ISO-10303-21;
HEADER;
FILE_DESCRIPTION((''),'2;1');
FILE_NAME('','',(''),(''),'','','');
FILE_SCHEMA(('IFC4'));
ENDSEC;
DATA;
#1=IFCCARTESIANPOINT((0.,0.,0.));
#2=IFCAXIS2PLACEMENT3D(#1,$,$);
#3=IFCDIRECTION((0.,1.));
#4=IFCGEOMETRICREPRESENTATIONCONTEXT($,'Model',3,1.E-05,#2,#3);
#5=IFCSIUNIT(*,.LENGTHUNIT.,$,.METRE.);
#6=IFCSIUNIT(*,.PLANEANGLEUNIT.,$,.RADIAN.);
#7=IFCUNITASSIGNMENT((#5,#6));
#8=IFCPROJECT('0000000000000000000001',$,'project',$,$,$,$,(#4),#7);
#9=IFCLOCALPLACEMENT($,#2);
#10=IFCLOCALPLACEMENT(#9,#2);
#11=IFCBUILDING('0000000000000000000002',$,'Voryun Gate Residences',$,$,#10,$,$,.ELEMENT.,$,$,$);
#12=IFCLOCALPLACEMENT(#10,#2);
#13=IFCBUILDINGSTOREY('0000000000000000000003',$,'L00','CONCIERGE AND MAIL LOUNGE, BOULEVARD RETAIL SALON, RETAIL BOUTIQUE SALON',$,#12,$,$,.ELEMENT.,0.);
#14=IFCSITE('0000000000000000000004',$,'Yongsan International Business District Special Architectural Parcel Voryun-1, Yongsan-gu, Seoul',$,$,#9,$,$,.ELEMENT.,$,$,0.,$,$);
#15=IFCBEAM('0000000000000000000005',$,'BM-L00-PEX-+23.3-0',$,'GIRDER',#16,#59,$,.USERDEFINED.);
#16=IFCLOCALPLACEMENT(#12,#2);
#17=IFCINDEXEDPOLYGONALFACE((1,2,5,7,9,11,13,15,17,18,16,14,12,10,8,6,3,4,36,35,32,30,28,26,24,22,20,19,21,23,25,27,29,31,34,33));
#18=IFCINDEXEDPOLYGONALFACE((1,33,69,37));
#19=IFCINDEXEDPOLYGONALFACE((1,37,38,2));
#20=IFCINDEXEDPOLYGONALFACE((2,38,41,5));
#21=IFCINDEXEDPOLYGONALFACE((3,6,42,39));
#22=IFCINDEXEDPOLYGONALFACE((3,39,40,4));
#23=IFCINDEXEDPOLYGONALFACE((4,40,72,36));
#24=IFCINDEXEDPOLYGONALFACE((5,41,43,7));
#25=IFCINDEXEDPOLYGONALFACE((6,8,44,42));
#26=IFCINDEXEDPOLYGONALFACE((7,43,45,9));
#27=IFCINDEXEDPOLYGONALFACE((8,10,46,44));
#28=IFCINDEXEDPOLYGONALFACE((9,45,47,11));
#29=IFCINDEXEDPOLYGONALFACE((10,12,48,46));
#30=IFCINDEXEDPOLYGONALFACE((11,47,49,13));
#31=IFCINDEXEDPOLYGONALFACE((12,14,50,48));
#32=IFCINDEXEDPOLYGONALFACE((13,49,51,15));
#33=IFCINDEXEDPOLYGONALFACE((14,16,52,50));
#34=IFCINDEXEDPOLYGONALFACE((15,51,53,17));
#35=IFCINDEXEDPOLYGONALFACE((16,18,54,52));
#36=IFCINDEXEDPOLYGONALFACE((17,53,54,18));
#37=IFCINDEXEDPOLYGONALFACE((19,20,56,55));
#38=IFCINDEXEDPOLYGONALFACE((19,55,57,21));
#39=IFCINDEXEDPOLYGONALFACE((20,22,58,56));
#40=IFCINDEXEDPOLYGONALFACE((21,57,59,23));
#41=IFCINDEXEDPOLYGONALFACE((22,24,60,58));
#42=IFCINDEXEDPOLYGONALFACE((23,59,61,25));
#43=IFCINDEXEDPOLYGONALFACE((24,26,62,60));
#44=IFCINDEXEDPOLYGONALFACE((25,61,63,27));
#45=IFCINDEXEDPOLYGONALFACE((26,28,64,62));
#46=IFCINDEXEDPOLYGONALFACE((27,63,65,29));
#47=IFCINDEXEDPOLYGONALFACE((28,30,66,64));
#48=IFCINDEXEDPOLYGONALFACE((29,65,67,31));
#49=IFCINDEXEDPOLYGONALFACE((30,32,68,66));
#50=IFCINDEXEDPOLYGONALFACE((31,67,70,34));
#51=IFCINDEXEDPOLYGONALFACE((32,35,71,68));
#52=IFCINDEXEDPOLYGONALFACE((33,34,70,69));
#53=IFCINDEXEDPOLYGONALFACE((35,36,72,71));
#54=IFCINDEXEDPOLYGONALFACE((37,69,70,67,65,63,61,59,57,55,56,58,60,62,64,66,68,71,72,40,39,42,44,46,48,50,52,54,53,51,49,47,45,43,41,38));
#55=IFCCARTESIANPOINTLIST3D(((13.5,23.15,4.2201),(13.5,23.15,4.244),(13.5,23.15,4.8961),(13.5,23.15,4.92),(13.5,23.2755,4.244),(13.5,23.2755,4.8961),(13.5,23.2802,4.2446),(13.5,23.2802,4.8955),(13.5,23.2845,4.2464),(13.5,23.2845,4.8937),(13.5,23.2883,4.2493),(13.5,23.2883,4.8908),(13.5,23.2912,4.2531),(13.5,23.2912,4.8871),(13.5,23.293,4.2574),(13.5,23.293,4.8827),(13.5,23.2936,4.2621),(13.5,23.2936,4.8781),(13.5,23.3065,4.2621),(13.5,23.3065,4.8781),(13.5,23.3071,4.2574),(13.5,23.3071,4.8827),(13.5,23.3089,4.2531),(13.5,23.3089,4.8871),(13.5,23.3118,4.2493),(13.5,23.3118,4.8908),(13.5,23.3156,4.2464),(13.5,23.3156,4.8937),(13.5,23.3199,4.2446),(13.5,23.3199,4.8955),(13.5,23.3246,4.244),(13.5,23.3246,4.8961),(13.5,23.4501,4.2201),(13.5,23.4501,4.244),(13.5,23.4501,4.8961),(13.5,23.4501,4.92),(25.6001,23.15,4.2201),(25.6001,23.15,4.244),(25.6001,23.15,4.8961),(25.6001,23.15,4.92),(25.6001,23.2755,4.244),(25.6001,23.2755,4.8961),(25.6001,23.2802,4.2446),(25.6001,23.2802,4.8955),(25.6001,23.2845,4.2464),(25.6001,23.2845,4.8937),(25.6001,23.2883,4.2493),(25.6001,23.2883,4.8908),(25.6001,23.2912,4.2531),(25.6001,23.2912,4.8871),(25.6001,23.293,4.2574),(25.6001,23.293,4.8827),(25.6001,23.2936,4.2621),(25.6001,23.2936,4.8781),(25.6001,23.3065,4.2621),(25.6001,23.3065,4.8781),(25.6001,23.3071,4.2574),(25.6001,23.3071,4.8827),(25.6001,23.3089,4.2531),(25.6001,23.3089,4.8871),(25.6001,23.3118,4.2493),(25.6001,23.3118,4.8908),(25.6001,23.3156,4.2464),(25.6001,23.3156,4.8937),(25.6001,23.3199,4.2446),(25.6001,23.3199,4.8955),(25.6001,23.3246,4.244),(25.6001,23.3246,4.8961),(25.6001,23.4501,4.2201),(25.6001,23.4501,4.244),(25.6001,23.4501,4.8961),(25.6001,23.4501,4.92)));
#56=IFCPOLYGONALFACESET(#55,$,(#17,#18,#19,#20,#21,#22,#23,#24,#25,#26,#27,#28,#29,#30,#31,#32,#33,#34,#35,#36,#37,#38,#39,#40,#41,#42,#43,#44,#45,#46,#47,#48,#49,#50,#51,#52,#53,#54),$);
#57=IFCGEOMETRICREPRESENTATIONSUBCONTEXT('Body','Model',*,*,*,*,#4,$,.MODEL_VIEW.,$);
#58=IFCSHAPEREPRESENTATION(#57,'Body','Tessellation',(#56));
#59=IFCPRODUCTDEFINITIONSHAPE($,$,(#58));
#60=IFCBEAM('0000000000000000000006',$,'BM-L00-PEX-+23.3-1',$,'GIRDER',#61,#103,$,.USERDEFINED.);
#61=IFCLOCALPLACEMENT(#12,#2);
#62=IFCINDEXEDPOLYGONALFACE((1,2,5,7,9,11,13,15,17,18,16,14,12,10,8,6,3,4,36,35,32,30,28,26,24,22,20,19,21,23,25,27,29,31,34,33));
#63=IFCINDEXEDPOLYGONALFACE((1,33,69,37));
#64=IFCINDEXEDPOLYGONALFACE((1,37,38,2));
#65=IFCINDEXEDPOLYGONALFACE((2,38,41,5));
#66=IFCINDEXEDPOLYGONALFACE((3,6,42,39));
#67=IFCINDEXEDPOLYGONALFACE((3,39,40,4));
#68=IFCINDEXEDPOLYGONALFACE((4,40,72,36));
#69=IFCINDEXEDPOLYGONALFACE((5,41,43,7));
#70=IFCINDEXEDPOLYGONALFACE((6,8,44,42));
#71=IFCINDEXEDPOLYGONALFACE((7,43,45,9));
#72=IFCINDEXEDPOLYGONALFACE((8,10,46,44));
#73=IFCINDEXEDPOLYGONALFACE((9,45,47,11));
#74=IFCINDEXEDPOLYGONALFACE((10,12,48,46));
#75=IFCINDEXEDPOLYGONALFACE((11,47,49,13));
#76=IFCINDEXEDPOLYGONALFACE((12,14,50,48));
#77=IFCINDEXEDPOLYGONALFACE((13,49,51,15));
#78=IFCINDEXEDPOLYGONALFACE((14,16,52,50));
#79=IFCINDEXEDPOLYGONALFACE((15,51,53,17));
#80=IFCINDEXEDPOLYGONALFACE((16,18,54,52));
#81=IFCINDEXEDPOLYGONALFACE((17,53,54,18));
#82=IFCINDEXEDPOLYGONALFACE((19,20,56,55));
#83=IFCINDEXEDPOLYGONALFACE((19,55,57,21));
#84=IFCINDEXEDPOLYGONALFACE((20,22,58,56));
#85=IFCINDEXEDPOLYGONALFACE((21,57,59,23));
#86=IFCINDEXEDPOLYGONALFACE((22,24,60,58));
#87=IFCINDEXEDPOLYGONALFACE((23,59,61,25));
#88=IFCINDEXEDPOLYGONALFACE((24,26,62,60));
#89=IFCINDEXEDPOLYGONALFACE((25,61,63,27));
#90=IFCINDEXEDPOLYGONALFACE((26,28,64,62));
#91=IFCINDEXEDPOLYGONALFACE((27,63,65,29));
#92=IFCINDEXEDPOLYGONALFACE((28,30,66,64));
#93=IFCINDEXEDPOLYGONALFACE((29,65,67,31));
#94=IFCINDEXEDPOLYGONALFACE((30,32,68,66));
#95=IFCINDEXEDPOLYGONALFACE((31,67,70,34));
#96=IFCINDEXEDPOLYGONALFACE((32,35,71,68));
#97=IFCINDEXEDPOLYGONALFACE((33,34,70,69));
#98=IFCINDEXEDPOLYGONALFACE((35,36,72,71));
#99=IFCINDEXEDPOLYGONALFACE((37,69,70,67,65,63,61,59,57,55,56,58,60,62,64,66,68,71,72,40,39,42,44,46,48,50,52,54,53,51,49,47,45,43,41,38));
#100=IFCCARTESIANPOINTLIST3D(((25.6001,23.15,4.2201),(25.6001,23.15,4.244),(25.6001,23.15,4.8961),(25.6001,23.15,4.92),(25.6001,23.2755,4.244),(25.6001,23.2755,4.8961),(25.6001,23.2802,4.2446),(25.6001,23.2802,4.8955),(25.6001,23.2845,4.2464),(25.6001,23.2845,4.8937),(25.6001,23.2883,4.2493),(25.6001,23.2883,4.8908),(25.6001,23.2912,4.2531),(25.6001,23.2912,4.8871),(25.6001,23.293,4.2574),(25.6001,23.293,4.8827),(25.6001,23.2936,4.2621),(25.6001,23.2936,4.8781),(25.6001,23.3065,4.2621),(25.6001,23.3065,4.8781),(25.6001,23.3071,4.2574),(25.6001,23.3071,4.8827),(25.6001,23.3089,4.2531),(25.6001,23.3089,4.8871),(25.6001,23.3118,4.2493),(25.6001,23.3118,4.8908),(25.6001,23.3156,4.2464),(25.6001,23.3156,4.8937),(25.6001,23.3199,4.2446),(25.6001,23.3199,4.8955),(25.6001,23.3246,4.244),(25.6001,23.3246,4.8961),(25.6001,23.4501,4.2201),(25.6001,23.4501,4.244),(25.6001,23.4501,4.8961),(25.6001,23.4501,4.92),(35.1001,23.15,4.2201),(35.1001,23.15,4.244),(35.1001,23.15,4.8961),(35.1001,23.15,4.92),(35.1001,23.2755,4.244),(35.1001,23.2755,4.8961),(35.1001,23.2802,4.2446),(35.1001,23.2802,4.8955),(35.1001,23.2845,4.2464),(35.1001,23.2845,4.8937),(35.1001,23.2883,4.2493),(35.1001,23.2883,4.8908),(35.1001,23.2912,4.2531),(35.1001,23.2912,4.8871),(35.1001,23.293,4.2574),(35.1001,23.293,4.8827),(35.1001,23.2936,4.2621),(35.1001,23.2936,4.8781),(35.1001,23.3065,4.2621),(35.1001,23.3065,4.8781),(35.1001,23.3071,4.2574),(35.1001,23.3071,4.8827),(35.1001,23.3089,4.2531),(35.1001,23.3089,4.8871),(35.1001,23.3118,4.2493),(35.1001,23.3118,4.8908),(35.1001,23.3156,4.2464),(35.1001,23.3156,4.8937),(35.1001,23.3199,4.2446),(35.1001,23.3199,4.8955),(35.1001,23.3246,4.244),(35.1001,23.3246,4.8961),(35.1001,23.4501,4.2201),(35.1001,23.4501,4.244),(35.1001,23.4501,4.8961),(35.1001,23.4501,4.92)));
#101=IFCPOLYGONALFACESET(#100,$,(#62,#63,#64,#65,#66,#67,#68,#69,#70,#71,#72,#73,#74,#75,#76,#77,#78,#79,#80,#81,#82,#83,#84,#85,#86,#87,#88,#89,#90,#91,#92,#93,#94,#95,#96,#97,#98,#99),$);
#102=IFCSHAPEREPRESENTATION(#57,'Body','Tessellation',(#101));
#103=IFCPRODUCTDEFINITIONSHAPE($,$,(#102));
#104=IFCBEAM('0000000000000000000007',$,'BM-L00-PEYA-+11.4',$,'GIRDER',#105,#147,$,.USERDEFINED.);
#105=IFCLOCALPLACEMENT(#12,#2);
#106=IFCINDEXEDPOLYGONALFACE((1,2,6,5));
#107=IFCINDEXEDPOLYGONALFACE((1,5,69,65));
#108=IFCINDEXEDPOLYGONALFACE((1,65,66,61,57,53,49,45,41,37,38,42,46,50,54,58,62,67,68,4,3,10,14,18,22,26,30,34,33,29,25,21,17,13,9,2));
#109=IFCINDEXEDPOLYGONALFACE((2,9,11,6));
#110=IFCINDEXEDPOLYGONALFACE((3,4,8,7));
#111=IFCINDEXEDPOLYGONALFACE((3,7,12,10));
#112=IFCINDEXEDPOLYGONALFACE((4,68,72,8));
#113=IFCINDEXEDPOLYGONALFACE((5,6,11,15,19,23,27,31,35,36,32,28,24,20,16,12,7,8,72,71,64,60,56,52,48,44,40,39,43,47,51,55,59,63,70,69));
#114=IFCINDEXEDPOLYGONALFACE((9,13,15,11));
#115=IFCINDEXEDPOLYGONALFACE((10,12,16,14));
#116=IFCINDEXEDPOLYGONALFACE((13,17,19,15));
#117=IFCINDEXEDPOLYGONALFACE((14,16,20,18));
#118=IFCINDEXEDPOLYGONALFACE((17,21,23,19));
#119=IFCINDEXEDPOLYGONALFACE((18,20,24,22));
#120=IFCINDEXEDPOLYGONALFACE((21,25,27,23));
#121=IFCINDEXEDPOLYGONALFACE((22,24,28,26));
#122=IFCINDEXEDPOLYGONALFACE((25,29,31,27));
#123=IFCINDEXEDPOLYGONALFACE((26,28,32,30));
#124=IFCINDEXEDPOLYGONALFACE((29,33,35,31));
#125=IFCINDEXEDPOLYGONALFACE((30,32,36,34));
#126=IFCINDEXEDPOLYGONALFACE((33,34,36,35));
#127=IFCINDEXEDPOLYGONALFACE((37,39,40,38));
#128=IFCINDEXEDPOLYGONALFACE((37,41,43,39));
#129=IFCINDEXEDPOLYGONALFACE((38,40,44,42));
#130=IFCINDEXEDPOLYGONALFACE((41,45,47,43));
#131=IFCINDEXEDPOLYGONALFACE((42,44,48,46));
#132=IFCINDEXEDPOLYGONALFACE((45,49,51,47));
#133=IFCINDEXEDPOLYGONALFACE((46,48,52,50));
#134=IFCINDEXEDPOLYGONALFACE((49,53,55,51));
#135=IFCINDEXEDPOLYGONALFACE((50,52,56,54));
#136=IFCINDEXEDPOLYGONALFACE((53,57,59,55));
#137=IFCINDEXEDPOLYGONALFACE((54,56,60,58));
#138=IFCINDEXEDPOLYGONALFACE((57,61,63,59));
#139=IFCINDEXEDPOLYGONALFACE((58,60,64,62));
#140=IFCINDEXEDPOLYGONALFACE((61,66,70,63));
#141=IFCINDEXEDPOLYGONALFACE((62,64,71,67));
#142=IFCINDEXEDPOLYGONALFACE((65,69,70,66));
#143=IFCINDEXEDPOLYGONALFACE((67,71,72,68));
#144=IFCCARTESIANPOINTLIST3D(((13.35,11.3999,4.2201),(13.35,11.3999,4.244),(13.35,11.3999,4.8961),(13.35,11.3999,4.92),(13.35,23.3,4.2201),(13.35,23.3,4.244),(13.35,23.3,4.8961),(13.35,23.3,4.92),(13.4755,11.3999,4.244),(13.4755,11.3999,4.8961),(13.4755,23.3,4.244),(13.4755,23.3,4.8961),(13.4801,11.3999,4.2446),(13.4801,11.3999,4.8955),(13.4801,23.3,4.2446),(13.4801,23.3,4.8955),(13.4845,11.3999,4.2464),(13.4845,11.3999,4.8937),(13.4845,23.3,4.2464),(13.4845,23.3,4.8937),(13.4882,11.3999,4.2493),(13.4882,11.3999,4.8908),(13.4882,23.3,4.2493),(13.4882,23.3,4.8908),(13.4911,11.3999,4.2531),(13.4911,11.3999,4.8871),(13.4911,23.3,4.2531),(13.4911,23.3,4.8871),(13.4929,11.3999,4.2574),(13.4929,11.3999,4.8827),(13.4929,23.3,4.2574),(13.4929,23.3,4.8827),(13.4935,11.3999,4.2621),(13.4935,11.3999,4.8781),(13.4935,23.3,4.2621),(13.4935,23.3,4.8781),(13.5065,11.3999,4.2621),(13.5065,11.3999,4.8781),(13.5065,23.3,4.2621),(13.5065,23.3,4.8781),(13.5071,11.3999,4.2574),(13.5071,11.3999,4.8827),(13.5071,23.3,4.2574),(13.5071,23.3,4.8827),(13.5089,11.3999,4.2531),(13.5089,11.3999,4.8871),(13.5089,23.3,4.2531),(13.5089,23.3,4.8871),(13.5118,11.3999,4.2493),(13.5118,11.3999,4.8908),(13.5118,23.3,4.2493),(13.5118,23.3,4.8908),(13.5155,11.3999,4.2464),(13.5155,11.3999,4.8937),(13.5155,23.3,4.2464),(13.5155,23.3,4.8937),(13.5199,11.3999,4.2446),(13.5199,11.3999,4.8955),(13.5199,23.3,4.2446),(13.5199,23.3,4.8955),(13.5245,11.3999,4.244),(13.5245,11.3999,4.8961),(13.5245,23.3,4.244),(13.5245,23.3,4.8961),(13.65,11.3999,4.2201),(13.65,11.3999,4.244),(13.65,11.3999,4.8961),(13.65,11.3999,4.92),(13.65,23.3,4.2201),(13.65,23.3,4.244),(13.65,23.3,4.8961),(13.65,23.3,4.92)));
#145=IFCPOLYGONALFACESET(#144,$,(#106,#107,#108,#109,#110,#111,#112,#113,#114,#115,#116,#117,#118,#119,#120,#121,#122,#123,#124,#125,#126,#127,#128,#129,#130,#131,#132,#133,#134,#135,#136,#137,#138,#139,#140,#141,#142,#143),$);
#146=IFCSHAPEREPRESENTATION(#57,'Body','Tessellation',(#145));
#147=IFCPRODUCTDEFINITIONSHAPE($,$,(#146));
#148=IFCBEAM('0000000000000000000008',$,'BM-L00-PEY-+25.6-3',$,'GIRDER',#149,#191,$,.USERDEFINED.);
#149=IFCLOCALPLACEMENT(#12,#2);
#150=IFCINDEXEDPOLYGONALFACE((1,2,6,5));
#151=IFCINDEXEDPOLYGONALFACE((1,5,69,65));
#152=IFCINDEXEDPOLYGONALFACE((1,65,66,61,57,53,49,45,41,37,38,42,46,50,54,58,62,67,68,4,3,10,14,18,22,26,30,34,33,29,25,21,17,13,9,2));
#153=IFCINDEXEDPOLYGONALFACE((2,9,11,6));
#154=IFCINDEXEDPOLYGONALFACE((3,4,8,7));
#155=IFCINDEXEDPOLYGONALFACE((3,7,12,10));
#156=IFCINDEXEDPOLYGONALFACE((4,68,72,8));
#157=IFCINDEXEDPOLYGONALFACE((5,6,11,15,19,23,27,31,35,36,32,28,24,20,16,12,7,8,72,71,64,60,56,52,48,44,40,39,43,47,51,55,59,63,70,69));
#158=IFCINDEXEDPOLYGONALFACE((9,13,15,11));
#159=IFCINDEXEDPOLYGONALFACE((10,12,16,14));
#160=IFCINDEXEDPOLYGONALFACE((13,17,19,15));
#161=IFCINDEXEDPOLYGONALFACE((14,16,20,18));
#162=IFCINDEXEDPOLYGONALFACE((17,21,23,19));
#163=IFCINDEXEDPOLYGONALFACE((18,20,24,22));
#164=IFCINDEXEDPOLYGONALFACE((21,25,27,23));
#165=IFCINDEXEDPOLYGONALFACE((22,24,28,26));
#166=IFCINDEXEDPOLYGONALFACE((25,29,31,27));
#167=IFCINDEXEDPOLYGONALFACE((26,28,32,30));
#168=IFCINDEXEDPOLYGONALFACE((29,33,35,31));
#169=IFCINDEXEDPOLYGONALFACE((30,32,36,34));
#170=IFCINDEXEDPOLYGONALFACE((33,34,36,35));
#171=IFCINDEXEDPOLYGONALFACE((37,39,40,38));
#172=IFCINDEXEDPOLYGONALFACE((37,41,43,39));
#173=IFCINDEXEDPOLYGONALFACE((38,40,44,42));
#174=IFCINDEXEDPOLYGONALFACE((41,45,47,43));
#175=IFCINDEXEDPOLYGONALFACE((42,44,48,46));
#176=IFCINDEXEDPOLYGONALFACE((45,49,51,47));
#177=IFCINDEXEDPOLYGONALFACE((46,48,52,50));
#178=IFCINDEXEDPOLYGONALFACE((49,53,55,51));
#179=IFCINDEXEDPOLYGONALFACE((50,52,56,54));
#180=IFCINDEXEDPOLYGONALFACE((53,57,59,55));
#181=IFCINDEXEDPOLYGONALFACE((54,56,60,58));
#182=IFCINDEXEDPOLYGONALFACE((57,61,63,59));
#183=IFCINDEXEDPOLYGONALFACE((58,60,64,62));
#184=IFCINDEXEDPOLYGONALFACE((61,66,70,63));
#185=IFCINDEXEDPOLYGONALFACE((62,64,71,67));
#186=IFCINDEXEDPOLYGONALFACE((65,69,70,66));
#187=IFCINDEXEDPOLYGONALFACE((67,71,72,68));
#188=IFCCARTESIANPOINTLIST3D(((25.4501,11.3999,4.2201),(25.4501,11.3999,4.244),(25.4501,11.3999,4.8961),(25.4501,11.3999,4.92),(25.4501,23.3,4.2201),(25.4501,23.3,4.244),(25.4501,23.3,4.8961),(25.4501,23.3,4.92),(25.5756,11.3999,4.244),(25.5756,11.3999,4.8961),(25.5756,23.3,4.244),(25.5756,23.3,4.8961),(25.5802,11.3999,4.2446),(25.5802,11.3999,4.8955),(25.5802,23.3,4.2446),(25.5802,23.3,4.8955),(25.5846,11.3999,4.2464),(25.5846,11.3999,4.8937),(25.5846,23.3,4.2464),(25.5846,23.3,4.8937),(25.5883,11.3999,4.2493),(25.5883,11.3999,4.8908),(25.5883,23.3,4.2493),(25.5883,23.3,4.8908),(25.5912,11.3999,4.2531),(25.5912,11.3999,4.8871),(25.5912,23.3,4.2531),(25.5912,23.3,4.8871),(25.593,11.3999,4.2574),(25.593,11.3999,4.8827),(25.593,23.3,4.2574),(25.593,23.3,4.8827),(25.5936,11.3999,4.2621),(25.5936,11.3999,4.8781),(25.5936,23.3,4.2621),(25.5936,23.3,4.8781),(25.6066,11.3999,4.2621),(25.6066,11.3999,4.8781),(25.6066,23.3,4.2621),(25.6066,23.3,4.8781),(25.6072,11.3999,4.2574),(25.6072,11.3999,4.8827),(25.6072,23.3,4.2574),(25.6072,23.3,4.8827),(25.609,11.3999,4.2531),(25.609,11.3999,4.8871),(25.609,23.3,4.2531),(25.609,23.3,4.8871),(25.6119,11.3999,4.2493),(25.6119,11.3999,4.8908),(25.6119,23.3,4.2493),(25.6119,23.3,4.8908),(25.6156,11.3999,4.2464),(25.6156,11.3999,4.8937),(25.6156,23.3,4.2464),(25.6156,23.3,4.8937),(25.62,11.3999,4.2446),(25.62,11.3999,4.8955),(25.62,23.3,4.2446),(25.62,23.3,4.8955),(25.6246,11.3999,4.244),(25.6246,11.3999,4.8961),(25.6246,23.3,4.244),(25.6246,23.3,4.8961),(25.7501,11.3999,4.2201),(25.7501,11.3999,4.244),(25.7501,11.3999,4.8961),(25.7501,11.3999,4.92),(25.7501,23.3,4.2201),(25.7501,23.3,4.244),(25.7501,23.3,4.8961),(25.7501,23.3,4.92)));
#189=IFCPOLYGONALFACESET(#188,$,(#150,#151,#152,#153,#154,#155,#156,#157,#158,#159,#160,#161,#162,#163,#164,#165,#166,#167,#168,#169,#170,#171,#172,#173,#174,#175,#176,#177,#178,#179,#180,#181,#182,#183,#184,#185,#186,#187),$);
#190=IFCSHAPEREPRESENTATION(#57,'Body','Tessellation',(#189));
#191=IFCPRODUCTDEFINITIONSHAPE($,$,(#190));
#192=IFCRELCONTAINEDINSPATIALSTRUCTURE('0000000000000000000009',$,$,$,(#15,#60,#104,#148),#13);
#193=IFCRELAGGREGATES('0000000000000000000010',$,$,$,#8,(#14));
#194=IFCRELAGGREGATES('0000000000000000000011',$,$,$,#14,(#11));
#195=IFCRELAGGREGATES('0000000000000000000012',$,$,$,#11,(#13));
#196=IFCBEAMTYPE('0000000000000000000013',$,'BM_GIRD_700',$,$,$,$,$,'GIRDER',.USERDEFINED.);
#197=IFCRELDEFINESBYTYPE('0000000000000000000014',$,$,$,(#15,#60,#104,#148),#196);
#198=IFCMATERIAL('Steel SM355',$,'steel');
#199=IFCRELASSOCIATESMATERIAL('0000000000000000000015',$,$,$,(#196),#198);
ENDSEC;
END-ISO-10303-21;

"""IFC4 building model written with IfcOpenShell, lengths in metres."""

from ifc_helpers import new_model, si_unit, direction, frame, origin, origin_2d, place, context, subcontext, project, spatial, i_section, extrude, material, material_profile, profile_set, type_object, element, save


model = new_model("IFC4")

# Units and contexts
model_context = context("Model", 3, precision=1e-05, world=origin(), true_north=direction((0.0, 1.0)))
body_context = subcontext(model_context, "Body", "Model", "MODEL_VIEW")
ifc_project = project(units=[si_unit("LENGTHUNIT", "METRE"), si_unit("PLANEANGLEUNIT", "RADIAN")], contexts=[model_context])

# Site, building, storey
site_placement = place(None, origin())
site = spatial("IfcSite", under=ifc_project, at=site_placement, Name="Yongsan International Business District Special Architectural Parcel Voryun-1, Yongsan-gu, Seoul", CompositionType="ELEMENT", RefElevation=0.0)
building_placement = place(site_placement, origin())
building = spatial("IfcBuilding", under=site, at=building_placement, Name="Voryun Gate Residences", CompositionType="ELEMENT")
storey_placement = place(building_placement, origin())
storey = spatial("IfcBuildingStorey", under=building, at=storey_placement, Name="L00", Description="CONCIERGE AND MAIL LOUNGE, BOULEVARD RETAIL SALON, RETAIL BOUTIQUE SALON", CompositionType="ELEMENT", Elevation=0.0)

# Beams
ifc_material_1 = material(Name="Steel SM355", Category="steel")
ifc_material_profile_1 = material_profile(ifc_material_1, i_section(OverallWidth=0.3, OverallDepth=0.7, WebThickness=0.0129, FlangeThickness=0.0239, FilletRadius=0.0181, at=origin_2d()), Name="H-700x300x13x24")
ifc_profile_set_1 = profile_set([ifc_material_profile_1], Name="Steel SM355")
beam_type = type_object("IfcBeamType", Name="BM_GIRD_700", ElementType="GIRDER", PredefinedType="USERDEFINED", material=ifc_profile_set_1)
beam_1_placement = place(storey_placement, frame((13.5, 23.3, 4.5701), z_axis=(1.0, 0.0, 0.0), x_axis=(0.0, 1.0, 0.0)))
element("IfcBeam", 1, at=beam_1_placement, inside=storey, type_object=beam_type, Name="BM-L00-PEX-+23.3-0", ObjectType="GIRDER", PredefinedType="USERDEFINED", context=body_context, shape_type="SweptSolid", body=[
    extrude(i_section(OverallWidth=0.3, OverallDepth=0.7, WebThickness=0.0129, FlangeThickness=0.0239, FilletRadius=0.0181, at=origin_2d()), origin(), (0.0, 0.0, 1.0), 12.1001),
])
beam_2_placement = place(storey_placement, frame((25.6001, 23.3, 4.5701), z_axis=(1.0, 0.0, 0.0), x_axis=(0.0, 1.0, 0.0)))
element("IfcBeam", 2, at=beam_2_placement, inside=storey, type_object=beam_type, Name="BM-L00-PEX-+23.3-1", ObjectType="GIRDER", PredefinedType="USERDEFINED", context=body_context, shape_type="SweptSolid", body=[
    extrude(i_section(OverallWidth=0.3, OverallDepth=0.7, WebThickness=0.0129, FlangeThickness=0.0239, FilletRadius=0.0181, at=origin_2d()), origin(), (0.0, 0.0, 1.0), 9.5),
])
for number, where, z_axis, x_axis, name in (
    (3, (13.5, 11.3999, 4.5701), (0.0, 1.0, 0.0), (-1.0, 0.0, 0.0), "BM-L00-PEYA-+11.4"),
    (4, (25.6001, 11.3999, 4.5701), (0.0, 1.0, 0.0), (-1.0, 0.0, 0.0), "BM-L00-PEY-+25.6-3"),
):
    element("IfcBeam", number, at=place(storey_placement, frame(where, z_axis=z_axis, x_axis=x_axis)), inside=storey, type_object=beam_type, Name=name, ObjectType="GIRDER", PredefinedType="USERDEFINED", context=body_context, shape_type="SweptSolid", body=[
        extrude(i_section(OverallWidth=0.3, OverallDepth=0.7, WebThickness=0.0129, FlangeThickness=0.0239, FilletRadius=0.0181, at=origin_2d()), origin(), (0.0, 0.0, 1.0), 11.9001),
    ])

save(model, "model.ifc")
